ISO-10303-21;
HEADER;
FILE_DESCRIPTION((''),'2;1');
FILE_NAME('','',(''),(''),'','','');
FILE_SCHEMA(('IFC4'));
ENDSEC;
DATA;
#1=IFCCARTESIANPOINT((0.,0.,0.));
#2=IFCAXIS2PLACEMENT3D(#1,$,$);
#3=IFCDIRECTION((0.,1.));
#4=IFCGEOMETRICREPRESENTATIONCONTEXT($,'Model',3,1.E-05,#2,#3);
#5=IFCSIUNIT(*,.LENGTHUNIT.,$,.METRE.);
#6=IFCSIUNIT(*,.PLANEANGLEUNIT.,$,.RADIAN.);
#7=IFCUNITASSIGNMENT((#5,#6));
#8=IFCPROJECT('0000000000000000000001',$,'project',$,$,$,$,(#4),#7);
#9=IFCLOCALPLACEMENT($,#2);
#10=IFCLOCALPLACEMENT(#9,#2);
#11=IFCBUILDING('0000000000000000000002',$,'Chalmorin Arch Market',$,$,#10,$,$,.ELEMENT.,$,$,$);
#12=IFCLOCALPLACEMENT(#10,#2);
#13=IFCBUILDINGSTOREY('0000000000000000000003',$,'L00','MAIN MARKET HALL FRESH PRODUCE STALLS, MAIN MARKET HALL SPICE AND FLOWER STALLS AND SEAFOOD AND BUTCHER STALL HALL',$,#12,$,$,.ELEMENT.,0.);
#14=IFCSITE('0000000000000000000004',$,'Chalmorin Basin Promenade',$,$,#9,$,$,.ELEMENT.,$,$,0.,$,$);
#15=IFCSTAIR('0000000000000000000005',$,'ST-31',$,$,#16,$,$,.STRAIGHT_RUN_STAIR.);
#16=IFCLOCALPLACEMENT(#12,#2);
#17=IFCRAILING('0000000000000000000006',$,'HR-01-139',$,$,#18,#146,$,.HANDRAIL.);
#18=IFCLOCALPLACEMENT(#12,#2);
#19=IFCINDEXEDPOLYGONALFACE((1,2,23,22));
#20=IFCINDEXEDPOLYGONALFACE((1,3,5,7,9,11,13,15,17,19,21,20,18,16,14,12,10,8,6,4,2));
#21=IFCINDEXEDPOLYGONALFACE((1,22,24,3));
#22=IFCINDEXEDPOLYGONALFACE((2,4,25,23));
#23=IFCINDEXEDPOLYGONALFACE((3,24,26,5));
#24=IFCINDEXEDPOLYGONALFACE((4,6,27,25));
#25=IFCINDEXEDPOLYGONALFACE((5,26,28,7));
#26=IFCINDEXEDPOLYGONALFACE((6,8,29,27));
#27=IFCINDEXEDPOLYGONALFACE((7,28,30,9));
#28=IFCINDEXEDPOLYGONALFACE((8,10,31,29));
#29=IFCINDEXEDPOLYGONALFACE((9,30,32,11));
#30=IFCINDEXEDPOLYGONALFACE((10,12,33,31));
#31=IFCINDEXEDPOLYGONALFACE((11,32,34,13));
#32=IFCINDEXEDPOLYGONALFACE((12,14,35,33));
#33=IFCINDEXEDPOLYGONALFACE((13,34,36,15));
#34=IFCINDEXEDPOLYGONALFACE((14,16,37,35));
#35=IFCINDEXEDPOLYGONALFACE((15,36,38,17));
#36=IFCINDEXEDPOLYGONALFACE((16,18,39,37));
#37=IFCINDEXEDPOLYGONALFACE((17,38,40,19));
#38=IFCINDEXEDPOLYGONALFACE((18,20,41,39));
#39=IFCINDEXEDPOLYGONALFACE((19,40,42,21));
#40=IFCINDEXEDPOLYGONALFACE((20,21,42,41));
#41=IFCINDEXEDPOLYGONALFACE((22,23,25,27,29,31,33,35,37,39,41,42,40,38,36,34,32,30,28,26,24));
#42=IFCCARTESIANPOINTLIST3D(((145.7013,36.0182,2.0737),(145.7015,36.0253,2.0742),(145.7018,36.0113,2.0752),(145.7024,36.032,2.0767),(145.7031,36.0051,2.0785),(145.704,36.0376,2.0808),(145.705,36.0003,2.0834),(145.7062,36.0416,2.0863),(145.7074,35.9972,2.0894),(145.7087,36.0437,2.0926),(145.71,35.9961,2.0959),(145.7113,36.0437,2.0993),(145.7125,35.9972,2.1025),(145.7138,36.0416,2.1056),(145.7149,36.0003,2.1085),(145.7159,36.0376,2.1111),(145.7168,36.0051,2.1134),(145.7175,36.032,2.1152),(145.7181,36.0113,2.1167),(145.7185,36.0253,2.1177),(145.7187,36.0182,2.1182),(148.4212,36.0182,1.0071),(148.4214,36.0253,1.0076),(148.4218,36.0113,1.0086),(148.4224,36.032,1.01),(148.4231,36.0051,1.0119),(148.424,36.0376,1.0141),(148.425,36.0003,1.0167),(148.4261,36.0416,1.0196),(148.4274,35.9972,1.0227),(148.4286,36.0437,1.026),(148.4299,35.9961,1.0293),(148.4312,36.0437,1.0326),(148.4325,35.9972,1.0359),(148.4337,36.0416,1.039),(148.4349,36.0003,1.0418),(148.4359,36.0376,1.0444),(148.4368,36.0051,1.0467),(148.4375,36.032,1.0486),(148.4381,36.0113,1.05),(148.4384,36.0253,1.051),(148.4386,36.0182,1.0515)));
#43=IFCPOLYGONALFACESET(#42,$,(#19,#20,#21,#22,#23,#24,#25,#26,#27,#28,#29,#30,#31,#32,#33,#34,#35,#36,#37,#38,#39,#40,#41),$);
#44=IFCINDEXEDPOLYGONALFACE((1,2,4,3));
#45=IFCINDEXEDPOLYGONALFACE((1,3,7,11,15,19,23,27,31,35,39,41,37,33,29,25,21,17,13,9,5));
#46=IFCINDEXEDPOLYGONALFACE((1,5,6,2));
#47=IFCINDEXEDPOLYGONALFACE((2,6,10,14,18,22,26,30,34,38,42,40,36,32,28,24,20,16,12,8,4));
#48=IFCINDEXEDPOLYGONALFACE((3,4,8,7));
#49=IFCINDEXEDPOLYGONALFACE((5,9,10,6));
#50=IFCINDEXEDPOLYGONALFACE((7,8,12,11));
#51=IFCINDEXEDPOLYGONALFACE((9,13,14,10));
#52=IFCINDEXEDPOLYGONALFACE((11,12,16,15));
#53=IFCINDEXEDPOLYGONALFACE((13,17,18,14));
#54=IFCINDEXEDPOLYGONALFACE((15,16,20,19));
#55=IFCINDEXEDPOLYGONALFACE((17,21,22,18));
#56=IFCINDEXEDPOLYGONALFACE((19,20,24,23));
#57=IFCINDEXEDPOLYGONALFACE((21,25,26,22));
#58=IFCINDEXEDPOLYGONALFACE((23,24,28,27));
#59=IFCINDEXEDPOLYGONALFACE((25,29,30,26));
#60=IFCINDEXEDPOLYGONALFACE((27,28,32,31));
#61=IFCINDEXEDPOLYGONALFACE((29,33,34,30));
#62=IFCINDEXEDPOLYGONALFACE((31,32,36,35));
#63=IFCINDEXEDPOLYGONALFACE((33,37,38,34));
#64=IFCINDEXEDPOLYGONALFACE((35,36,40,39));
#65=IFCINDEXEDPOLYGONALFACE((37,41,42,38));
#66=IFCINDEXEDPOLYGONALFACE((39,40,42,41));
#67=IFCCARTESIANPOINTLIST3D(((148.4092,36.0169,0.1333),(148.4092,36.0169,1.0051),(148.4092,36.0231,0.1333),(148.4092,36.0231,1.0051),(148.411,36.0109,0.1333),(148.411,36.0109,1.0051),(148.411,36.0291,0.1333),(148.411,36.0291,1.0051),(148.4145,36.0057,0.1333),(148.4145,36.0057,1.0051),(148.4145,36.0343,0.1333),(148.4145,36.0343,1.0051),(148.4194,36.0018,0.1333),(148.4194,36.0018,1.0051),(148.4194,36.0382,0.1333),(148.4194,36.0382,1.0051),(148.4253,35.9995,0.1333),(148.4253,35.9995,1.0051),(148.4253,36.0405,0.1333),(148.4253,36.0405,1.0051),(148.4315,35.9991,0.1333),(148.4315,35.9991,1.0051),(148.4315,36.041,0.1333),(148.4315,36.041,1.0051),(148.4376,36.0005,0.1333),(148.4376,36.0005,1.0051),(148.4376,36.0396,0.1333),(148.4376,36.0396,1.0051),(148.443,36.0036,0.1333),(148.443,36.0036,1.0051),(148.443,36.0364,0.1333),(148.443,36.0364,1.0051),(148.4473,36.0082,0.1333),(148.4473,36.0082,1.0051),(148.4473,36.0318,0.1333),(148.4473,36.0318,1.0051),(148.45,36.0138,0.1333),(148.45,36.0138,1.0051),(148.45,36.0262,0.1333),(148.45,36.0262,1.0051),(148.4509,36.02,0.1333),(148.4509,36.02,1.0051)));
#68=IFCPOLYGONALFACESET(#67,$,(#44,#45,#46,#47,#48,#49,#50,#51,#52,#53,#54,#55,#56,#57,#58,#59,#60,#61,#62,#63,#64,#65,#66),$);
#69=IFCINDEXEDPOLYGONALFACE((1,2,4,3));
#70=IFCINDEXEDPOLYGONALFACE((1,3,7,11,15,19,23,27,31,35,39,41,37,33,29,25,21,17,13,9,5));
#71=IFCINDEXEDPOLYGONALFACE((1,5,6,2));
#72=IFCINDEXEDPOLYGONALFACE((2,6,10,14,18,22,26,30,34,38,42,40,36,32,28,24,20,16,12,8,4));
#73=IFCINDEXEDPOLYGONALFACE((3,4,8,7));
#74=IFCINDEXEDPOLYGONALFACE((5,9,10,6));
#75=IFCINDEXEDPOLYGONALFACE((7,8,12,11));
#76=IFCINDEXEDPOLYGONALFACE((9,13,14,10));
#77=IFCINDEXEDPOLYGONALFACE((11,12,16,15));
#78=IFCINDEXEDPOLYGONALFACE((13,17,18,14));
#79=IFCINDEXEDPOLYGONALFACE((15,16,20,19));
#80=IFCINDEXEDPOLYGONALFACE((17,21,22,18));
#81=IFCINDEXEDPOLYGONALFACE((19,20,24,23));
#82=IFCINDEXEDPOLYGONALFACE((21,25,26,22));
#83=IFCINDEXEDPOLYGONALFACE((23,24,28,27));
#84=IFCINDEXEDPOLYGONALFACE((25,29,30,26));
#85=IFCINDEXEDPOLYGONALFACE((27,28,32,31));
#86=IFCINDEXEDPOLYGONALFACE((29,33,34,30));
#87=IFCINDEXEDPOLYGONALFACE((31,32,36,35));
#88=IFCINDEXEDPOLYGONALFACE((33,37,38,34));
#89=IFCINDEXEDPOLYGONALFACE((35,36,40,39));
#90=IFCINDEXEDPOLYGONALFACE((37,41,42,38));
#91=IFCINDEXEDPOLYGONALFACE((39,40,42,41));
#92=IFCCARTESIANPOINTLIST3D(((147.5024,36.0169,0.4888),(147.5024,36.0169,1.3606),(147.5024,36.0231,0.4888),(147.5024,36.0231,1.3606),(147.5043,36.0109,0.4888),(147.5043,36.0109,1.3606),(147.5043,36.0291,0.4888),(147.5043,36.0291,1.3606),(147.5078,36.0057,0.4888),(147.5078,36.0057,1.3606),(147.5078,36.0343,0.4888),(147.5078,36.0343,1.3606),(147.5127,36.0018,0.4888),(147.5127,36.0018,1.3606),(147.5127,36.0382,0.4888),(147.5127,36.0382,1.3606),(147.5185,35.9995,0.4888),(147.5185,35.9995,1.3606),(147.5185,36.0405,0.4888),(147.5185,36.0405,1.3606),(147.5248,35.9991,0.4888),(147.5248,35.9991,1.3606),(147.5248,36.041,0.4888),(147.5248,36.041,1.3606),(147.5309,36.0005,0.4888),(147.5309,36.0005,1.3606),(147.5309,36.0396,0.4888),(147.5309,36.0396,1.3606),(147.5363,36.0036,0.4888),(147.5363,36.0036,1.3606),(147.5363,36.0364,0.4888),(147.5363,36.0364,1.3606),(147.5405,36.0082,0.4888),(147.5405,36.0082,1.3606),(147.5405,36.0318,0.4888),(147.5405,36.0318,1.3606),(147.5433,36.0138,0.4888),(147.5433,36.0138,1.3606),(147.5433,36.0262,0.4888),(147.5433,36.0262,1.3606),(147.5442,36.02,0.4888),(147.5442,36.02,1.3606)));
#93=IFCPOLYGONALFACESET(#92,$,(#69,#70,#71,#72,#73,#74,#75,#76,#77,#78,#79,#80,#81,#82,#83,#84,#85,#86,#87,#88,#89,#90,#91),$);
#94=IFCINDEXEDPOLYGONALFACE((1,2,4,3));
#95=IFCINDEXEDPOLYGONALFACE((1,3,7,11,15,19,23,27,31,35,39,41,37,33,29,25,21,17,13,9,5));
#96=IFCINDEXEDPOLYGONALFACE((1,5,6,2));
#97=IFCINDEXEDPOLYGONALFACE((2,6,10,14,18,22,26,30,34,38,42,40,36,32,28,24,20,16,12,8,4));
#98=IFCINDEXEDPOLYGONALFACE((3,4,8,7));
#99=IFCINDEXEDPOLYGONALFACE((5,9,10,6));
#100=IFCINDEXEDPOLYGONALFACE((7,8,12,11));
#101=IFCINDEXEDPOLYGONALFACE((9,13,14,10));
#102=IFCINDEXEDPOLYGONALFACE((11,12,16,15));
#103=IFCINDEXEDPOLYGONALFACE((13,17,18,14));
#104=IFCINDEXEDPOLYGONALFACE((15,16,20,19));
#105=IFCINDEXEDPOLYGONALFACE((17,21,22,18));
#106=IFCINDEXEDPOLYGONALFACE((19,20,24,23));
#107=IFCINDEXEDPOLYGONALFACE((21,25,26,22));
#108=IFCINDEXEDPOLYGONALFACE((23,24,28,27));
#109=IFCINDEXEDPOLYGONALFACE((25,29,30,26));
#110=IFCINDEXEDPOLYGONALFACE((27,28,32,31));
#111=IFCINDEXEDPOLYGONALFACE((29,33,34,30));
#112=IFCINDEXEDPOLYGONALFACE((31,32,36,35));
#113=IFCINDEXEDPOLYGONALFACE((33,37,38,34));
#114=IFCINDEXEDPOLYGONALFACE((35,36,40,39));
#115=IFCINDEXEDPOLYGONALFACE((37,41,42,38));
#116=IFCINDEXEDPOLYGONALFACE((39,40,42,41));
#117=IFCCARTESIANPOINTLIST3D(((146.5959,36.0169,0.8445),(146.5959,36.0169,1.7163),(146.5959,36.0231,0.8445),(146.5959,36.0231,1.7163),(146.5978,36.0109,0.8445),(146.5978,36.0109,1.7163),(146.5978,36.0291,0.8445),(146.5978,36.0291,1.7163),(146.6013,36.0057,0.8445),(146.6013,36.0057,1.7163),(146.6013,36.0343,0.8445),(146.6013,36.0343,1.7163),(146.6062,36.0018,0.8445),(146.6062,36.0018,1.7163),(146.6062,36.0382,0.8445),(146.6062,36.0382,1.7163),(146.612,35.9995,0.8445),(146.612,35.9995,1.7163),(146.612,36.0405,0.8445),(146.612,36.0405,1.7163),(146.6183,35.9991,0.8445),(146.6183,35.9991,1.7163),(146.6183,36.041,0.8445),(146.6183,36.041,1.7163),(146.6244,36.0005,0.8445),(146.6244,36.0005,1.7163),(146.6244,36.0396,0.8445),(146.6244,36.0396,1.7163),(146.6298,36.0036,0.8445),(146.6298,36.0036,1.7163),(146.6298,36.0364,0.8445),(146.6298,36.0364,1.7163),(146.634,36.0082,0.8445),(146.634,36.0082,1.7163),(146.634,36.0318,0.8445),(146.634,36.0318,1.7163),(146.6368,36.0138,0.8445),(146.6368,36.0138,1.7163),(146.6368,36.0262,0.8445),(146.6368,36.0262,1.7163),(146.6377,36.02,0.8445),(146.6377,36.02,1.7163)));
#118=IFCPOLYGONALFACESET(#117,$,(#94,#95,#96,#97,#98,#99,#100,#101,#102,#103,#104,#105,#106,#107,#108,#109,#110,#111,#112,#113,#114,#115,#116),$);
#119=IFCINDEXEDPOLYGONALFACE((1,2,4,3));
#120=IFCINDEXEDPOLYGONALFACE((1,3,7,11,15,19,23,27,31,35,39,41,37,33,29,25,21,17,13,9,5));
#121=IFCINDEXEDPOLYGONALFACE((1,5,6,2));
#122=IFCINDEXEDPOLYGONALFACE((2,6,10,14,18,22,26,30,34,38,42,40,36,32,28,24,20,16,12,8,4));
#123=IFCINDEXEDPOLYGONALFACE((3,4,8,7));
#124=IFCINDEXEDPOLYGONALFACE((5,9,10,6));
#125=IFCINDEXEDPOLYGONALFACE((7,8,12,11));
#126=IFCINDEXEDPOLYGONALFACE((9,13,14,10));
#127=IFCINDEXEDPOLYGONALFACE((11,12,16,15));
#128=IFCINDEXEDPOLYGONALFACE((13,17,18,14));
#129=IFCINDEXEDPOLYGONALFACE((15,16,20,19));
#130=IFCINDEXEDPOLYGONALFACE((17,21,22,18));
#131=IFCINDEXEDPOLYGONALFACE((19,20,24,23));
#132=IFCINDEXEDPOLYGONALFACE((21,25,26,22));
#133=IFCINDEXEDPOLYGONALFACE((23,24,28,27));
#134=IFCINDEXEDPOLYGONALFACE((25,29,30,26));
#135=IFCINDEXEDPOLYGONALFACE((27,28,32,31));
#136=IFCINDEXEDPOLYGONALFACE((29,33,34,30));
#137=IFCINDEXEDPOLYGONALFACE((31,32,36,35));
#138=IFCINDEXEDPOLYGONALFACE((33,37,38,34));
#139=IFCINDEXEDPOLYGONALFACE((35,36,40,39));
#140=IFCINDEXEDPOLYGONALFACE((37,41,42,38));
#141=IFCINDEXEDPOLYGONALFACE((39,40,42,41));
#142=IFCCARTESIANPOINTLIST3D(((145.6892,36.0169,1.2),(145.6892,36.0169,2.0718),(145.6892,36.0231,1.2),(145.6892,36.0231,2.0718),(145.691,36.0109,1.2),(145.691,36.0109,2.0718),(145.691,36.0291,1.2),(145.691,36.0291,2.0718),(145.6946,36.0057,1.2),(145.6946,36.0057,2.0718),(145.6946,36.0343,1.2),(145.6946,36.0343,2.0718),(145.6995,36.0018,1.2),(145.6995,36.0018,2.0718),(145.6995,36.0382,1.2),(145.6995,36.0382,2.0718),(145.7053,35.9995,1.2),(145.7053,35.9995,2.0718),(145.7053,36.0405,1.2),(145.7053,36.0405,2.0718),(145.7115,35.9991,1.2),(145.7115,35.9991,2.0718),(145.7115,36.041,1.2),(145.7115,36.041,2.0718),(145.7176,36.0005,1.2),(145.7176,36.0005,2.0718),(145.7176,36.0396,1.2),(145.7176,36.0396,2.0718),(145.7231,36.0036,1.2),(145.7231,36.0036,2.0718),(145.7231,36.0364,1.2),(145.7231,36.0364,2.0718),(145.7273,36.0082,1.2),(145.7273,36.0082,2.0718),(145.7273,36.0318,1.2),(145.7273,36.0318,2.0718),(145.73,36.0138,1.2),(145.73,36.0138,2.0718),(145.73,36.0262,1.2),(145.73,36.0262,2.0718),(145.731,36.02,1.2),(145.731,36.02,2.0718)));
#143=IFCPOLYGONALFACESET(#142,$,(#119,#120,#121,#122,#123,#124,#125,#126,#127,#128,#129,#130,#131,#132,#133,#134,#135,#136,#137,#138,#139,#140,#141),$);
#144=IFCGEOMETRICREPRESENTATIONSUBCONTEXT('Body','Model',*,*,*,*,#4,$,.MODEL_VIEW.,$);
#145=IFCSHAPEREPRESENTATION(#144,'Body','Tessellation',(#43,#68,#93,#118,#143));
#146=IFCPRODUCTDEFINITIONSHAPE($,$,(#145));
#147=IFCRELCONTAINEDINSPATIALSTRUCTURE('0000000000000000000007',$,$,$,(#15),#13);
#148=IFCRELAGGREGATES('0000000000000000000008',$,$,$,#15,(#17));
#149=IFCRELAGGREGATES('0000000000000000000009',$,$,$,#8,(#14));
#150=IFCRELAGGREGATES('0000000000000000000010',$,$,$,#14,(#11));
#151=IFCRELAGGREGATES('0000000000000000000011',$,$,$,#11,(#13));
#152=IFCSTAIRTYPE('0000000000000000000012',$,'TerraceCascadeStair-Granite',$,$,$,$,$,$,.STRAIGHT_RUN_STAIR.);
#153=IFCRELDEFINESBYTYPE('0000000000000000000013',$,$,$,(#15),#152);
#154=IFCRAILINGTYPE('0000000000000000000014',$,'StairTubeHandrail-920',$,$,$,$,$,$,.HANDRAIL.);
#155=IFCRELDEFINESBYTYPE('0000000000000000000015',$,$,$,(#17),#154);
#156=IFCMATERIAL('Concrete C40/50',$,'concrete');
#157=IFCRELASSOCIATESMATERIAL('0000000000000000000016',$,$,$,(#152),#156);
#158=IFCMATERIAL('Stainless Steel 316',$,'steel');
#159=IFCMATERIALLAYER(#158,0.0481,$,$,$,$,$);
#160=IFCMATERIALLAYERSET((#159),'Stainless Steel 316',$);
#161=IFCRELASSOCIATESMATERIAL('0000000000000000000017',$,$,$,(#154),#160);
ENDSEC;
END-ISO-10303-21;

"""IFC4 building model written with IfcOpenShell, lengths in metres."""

from ifc_helpers import new_model, si_unit, direction, frame, origin, origin_2d, place, context, subcontext, project, spatial, circle, extrude, material, layer, layer_set, type_object, element, aggregate, save


model = new_model("IFC4")

# Units and contexts
model_context = context("Model", 3, precision=1e-05, world=origin(), true_north=direction((0.0, 1.0)))
body_context = subcontext(model_context, "Body", "Model", "MODEL_VIEW")
ifc_project = project(units=[si_unit("LENGTHUNIT", "METRE"), si_unit("PLANEANGLEUNIT", "RADIAN")], contexts=[model_context])

# Site, building, storey
site_placement = place(None, origin())
site = spatial("IfcSite", under=ifc_project, at=site_placement, Name="Chalmorin Basin Promenade", CompositionType="ELEMENT", RefElevation=0.0)
building_placement = place(site_placement, origin())
building = spatial("IfcBuilding", under=site, at=building_placement, Name="Chalmorin Arch Market", CompositionType="ELEMENT")
storey_placement = place(building_placement, origin())
storey = spatial("IfcBuildingStorey", under=building, at=storey_placement, Name="L00", Description="MAIN MARKET HALL FRESH PRODUCE STALLS, MAIN MARKET HALL SPICE AND FLOWER STALLS AND SEAFOOD AND BUTCHER STALL HALL", CompositionType="ELEMENT", Elevation=0.0)

# Shared definitions
ifc_material_1 = material(Name="Concrete C40/50", Category="concrete")

# Stair
stair_type = type_object("IfcStairType", Name="TerraceCascadeStair-Granite", PredefinedType="STRAIGHT_RUN_STAIR", material=ifc_material_1)
stair_1_placement = place(storey_placement, origin())
stair_1 = element("IfcStair", 1, at=stair_1_placement, inside=storey, type_object=stair_type, Name="ST-31", PredefinedType="STRAIGHT_RUN_STAIR")

# Railing
ifc_material_2 = material(Name="Stainless Steel 316", Category="steel")
ifc_layer_1 = layer(ifc_material_2, 0.0481)
ifc_layer_set_1 = layer_set([ifc_layer_1], Name="Stainless Steel 316")
railing_type_1 = type_object("IfcRailingType", Name="StairTubeHandrail-920", PredefinedType="HANDRAIL", material=ifc_layer_set_1)
railing_1_placement = place(storey_placement, frame((148.4299, 36.02, 0.1333)))
railing_1 = element("IfcRailing", 2, at=railing_1_placement, type_object=railing_type_1, Name="HR-01-139", PredefinedType="HANDRAIL", context=body_context, shape_type="SweptSolid", body=[
    extrude(circle(Radius=0.0239, at=origin_2d()), frame((0.0, 0.0, 0.896), z_axis=(-0.930974, 0.0, 0.365086), x_axis=(0.0, -1.0, 0.0)), (0.0, 0.0, 1.0), 2.9216),
    extrude(circle(Radius=0.021, at=origin_2d()), origin(), (0.0, 0.0, 1.0), 0.8718),
    extrude(circle(Radius=0.021, at=origin_2d()), frame((-0.9067, 0.0, 0.3555)), (0.0, 0.0, 1.0), 0.8718),
    extrude(circle(Radius=0.021, at=origin_2d()), frame((-1.8132, 0.0, 0.7112)), (0.0, 0.0, 1.0), 0.8718),
    extrude(circle(Radius=0.021, at=origin_2d()), frame((-2.72, 0.0, 1.0667)), (0.0, 0.0, 1.0), 0.8718),
])
aggregate(stair_1, [railing_1])

save(model, "model.ifc")
